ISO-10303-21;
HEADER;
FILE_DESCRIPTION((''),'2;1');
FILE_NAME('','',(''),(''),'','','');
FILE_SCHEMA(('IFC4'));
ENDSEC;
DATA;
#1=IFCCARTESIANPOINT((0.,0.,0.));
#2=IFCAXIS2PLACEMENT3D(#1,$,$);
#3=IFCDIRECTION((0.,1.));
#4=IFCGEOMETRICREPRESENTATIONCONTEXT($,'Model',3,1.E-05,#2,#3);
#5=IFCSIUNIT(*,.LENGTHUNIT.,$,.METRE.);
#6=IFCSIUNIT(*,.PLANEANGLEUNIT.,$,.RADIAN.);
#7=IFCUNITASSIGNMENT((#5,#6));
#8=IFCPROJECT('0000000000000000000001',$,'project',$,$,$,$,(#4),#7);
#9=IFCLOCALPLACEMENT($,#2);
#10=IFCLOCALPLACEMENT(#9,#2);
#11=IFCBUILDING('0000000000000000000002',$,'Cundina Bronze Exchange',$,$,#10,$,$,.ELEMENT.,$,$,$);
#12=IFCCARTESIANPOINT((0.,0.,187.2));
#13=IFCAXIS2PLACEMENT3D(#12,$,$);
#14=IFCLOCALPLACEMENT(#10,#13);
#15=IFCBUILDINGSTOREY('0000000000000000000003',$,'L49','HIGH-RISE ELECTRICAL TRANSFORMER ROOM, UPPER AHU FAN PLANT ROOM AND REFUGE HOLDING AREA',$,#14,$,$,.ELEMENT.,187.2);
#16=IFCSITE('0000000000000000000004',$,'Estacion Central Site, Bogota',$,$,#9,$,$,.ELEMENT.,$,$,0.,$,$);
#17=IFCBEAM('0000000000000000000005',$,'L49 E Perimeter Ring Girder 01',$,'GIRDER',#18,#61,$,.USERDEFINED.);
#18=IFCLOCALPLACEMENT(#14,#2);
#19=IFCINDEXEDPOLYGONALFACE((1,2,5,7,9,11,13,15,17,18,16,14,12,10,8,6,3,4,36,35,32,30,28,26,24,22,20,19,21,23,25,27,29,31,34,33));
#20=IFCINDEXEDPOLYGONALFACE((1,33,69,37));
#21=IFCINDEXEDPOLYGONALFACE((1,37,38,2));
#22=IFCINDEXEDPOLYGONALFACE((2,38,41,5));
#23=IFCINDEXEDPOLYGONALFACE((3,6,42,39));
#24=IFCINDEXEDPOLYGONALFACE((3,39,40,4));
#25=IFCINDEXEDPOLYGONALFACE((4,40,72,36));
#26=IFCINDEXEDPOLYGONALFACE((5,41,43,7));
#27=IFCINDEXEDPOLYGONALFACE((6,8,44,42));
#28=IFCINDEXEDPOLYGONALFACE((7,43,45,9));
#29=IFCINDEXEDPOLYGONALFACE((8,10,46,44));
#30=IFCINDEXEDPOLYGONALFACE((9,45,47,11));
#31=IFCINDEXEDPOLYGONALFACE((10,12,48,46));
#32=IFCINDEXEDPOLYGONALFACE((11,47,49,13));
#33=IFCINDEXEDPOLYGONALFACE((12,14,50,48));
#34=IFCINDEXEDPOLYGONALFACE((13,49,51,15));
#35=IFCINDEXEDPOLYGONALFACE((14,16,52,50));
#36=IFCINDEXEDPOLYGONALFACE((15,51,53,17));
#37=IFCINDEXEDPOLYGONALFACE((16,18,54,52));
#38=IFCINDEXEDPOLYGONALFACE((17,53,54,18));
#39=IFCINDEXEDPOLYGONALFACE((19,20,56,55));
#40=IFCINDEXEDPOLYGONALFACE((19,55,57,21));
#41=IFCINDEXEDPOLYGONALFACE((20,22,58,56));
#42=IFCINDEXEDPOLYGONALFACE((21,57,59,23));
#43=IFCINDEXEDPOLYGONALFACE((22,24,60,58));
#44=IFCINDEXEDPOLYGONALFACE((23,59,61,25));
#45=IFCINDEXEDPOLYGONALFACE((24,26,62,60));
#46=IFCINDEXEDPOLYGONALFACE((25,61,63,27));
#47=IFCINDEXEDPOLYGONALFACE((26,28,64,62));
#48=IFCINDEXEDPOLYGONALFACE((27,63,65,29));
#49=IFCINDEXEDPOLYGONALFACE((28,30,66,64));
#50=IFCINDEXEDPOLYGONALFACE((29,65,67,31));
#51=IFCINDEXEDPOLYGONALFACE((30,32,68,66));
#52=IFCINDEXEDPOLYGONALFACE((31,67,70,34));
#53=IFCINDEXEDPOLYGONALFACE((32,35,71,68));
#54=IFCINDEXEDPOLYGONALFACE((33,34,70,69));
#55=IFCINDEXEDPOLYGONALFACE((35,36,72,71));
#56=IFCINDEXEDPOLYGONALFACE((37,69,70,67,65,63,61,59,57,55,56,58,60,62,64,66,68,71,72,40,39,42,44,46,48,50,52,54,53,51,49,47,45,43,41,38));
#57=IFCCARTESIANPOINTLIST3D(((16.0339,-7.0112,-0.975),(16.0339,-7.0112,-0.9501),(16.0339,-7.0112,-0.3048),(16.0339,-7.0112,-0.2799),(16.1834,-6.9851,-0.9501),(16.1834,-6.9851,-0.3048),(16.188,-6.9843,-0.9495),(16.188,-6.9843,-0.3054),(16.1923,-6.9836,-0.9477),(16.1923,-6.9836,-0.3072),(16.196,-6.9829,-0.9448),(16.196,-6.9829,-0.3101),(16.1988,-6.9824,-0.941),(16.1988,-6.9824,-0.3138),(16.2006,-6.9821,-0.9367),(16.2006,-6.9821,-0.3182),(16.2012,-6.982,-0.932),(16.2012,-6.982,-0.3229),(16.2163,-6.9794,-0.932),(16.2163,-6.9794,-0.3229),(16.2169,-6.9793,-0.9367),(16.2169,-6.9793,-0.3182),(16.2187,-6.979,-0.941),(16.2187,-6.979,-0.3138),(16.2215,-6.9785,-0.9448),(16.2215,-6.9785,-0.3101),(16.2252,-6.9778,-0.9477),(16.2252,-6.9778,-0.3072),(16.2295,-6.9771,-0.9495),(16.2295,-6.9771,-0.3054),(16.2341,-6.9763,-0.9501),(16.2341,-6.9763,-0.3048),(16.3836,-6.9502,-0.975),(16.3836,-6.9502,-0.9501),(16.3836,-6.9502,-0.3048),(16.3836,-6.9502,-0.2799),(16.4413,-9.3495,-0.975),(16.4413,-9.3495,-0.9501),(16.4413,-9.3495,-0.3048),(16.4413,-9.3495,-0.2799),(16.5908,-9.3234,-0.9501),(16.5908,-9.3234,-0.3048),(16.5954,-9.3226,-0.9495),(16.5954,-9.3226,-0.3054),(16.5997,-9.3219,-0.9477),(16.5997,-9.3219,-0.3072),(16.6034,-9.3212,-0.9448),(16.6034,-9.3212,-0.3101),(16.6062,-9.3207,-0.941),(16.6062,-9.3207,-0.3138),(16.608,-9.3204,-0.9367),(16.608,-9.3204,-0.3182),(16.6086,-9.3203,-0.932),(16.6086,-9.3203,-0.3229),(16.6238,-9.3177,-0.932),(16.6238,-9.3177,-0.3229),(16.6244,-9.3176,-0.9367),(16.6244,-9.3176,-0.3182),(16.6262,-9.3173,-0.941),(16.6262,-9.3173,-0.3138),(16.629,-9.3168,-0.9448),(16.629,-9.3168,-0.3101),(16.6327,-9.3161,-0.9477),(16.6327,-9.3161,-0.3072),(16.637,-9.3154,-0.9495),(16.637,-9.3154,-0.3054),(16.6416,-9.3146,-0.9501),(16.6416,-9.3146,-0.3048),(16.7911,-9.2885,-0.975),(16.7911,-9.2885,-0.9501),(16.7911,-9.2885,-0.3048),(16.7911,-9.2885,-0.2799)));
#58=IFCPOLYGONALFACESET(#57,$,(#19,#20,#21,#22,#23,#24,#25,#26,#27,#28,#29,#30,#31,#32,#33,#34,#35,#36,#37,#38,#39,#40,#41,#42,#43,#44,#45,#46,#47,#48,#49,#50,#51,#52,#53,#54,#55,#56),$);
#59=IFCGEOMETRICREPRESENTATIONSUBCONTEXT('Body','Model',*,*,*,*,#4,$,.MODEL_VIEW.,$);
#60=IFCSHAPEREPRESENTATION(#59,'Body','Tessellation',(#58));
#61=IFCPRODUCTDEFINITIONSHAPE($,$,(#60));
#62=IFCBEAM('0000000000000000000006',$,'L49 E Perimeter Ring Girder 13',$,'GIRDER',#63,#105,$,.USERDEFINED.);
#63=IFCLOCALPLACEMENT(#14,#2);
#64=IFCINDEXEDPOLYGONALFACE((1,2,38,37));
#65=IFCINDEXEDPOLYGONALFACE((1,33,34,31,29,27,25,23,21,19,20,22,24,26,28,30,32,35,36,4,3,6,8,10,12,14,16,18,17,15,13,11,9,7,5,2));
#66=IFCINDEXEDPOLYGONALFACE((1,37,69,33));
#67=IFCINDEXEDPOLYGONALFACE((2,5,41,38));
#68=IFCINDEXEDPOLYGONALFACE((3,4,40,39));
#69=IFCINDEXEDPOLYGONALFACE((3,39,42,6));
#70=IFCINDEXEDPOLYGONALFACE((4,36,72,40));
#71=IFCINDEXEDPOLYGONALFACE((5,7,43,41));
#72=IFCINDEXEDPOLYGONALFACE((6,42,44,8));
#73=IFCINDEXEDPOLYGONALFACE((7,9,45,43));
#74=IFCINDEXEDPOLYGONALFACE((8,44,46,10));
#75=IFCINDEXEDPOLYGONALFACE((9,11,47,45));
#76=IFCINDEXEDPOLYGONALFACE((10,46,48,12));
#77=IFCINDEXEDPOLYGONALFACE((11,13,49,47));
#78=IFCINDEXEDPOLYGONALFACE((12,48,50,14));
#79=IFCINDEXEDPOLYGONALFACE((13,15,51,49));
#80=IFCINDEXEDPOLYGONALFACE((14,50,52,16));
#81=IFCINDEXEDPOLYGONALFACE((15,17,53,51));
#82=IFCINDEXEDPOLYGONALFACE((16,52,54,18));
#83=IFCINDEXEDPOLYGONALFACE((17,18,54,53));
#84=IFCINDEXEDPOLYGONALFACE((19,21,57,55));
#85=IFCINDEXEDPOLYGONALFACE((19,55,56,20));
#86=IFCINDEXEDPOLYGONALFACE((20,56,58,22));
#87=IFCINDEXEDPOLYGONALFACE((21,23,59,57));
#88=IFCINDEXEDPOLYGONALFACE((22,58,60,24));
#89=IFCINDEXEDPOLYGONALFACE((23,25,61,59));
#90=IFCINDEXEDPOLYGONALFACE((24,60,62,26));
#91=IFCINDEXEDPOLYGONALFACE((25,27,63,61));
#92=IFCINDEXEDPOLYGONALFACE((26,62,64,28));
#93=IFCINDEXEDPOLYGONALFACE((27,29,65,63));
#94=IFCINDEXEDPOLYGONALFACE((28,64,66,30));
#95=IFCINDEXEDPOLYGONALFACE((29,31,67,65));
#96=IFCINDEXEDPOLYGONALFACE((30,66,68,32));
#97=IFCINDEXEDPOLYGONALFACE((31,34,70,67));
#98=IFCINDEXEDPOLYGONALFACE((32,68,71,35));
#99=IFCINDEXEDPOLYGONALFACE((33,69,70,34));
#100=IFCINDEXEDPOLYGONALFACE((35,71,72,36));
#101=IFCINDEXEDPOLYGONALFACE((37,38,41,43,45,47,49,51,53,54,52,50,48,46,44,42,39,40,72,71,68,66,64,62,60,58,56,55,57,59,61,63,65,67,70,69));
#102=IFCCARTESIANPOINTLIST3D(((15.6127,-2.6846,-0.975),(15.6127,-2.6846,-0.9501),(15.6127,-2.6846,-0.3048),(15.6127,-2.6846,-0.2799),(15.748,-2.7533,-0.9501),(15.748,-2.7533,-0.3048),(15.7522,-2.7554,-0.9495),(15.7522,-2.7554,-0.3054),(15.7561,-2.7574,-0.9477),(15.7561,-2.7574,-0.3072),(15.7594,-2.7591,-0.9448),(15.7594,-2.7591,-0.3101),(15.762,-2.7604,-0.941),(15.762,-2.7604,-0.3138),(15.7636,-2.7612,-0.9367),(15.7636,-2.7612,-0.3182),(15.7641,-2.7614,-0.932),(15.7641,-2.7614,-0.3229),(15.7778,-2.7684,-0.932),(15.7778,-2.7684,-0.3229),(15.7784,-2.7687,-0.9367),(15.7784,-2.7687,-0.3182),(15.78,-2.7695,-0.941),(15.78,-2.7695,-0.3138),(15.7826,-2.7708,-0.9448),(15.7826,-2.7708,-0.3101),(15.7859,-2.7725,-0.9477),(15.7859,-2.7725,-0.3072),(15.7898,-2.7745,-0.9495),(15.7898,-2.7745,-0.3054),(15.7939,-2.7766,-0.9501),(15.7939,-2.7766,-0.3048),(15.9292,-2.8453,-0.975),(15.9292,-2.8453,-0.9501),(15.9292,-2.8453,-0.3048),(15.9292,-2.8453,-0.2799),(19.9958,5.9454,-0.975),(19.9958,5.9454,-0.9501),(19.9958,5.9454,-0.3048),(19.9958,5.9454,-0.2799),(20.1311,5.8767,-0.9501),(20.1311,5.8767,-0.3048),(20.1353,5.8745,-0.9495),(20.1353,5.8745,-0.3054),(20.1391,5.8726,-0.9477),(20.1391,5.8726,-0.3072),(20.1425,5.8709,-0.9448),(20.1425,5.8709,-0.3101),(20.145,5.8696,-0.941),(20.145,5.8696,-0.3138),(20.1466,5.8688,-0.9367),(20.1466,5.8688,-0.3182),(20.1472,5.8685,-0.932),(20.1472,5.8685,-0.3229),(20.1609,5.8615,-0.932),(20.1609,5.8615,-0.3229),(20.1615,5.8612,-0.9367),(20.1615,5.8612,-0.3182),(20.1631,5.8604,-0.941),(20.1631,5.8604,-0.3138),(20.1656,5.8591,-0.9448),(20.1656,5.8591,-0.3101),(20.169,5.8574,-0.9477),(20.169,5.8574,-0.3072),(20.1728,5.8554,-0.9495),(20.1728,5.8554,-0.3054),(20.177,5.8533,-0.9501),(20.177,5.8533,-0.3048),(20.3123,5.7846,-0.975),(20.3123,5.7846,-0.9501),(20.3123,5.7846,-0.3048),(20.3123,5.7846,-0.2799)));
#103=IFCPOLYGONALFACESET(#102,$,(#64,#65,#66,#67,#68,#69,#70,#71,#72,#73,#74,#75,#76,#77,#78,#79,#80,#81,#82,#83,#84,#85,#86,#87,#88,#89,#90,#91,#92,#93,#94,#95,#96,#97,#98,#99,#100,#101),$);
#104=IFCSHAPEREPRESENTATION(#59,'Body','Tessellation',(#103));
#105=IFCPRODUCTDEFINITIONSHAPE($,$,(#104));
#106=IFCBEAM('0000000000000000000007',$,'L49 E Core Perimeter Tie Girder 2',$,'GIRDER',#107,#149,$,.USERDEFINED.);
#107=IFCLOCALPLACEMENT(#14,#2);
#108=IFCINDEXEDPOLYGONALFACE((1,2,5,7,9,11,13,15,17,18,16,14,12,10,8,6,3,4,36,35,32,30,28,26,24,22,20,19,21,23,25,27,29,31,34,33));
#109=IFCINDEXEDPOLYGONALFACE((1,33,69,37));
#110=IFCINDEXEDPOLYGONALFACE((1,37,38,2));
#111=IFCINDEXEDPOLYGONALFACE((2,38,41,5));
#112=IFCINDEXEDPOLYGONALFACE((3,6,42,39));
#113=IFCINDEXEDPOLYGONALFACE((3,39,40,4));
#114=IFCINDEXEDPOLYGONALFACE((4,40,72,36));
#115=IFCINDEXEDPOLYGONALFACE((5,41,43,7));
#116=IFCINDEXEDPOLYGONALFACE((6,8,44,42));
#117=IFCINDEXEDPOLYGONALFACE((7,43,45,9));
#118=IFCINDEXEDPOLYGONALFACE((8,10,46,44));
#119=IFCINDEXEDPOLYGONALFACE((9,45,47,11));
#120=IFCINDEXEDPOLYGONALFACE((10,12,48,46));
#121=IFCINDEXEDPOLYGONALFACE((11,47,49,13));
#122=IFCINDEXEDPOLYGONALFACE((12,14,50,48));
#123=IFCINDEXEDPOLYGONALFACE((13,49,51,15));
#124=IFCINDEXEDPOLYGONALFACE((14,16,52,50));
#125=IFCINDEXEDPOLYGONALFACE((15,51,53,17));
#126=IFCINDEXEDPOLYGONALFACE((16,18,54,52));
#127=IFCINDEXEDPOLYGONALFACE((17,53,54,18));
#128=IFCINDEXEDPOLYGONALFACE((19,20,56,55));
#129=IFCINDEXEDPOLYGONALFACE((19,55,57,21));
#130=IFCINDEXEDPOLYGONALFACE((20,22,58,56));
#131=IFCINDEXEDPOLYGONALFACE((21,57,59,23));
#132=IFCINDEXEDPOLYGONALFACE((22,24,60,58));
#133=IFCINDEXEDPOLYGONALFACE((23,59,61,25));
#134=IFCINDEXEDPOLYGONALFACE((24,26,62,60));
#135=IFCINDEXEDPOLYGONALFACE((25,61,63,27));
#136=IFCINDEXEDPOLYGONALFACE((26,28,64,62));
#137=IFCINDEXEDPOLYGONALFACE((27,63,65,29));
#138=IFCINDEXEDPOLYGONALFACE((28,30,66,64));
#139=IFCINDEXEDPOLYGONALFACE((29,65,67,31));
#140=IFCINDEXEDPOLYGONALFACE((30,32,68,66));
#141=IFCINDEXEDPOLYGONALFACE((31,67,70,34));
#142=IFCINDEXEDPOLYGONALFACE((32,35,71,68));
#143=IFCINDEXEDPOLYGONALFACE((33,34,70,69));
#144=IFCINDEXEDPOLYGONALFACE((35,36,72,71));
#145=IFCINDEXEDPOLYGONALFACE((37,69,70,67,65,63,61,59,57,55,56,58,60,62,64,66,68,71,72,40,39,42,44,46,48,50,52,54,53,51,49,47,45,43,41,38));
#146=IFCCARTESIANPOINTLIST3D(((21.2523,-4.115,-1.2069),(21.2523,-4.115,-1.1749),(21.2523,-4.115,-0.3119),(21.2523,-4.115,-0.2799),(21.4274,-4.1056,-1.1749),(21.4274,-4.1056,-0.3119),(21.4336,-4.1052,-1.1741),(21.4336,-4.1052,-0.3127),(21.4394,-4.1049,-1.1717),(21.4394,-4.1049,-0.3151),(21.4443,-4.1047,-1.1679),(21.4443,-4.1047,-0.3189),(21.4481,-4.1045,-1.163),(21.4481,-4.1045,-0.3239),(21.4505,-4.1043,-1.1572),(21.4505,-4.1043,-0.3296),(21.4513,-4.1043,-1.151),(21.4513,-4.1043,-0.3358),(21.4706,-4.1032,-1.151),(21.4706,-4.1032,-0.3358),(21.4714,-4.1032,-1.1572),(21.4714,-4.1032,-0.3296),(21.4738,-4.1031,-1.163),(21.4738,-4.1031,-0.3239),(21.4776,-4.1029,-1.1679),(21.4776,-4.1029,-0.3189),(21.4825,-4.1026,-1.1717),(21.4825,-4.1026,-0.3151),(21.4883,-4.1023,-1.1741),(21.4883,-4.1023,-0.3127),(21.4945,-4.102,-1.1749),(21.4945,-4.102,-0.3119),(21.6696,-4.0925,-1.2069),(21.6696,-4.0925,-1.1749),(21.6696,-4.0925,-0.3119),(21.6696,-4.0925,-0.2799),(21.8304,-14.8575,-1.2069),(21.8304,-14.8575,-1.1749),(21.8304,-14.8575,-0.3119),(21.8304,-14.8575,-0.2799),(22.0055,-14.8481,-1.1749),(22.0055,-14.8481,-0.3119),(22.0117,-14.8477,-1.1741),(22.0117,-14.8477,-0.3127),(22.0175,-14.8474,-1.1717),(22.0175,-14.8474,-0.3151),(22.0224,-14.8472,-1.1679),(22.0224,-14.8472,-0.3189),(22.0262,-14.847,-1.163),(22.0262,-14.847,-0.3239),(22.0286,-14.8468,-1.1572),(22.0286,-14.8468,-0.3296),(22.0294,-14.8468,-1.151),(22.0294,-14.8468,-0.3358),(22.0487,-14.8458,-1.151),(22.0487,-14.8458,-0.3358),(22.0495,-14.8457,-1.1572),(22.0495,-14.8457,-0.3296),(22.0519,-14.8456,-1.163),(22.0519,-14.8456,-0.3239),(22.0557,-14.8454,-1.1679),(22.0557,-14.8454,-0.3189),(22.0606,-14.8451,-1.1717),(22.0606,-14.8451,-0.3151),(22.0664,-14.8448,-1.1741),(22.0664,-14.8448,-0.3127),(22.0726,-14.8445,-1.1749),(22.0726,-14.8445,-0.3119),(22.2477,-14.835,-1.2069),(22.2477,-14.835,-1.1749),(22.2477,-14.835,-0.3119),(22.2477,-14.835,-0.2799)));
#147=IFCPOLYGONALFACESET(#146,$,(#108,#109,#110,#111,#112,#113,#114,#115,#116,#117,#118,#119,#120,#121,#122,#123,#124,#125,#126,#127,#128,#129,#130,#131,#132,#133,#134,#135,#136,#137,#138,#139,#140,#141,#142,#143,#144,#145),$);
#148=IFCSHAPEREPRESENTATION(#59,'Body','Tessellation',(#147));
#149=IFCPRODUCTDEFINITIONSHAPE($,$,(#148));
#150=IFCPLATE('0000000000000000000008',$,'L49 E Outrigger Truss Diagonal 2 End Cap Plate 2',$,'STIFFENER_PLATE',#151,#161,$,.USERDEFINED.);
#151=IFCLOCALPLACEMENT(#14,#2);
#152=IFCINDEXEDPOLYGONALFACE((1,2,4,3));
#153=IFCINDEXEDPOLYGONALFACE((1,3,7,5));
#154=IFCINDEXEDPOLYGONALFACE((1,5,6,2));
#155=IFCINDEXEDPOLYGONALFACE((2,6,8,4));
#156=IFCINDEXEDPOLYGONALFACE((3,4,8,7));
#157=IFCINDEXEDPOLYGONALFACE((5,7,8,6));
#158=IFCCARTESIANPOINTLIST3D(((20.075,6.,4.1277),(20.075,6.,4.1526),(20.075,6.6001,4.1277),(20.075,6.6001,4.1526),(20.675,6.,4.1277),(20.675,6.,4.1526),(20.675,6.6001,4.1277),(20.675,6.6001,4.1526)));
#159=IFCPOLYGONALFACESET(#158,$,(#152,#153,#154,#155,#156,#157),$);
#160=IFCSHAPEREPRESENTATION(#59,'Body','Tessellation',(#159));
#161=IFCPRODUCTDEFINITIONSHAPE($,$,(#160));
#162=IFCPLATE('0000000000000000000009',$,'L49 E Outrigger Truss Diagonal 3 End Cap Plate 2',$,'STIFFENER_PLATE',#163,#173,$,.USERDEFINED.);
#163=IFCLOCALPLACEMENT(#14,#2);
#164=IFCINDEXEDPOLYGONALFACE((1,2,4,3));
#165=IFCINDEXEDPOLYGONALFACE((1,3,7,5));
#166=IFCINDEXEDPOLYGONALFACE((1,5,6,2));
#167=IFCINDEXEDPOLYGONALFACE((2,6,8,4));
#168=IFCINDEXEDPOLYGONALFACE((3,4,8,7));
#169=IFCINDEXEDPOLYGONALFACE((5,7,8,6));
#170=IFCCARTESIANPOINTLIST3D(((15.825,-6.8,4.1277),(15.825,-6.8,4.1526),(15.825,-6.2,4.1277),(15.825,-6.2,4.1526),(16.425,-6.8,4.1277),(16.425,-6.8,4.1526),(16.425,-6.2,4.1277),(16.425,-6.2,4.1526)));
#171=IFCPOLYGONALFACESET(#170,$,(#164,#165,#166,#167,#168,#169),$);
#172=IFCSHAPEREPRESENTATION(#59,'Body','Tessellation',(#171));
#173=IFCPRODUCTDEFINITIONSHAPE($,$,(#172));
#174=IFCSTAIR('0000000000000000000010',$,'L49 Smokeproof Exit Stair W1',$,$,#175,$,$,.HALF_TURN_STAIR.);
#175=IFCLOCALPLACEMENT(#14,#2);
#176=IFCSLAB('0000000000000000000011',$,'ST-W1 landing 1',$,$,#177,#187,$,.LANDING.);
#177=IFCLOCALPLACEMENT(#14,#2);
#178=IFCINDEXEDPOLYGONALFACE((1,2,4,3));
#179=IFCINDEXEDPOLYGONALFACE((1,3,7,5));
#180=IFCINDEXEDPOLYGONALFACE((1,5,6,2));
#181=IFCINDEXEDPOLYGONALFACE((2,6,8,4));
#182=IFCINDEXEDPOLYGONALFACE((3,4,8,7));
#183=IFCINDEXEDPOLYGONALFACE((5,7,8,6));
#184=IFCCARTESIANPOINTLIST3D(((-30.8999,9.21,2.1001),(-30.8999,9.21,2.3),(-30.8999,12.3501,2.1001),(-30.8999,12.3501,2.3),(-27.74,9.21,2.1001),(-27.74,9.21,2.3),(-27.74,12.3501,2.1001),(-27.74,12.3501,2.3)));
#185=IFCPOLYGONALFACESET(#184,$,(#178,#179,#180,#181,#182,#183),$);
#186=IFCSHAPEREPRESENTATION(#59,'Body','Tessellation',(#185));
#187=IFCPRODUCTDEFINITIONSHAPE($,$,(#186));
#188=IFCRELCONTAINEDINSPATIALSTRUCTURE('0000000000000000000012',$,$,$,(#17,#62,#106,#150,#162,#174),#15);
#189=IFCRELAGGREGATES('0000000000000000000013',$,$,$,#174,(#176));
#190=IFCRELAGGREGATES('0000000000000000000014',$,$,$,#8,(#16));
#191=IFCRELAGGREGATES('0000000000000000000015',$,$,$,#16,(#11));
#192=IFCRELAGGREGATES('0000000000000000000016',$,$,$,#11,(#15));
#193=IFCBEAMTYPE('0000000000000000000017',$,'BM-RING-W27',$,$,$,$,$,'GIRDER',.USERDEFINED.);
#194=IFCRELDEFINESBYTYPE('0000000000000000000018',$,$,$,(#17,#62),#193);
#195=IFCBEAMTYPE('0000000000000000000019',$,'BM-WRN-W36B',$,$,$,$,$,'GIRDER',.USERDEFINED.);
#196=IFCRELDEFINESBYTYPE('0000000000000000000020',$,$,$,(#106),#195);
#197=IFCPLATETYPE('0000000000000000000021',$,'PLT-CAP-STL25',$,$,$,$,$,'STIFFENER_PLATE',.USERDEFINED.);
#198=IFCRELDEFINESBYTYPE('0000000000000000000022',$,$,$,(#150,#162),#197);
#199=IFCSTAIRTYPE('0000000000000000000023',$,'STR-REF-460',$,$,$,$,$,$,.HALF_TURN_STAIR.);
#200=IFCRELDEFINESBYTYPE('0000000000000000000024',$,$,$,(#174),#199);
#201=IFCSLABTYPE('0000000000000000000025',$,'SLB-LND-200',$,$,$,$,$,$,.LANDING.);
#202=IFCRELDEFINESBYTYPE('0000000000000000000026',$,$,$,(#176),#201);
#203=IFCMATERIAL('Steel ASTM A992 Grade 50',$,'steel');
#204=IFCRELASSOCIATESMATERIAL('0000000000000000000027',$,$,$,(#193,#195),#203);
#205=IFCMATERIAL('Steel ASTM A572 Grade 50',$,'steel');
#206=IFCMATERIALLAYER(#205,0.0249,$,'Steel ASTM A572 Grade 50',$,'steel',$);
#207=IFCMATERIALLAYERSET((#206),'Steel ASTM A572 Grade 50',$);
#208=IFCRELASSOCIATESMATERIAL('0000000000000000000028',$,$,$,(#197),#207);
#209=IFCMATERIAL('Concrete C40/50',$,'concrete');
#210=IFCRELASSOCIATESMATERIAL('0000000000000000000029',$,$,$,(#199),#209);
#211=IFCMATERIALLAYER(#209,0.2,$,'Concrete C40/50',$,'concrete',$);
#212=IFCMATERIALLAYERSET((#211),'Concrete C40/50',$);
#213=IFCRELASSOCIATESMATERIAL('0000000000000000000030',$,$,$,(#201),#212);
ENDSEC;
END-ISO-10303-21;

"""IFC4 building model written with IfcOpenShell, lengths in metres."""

from ifc_helpers import new_model, si_unit, direction, frame, origin, origin_2d, place, context, subcontext, project, spatial, polyline, rectangle, i_section, outline, extrude, material, layer, layer_set, material_profile, profile_set, type_object, element, aggregate, save


model = new_model("IFC4")

# Units and contexts
model_context = context("Model", 3, precision=1e-05, world=origin(), true_north=direction((0.0, 1.0)))
body_context = subcontext(model_context, "Body", "Model", "MODEL_VIEW")
ifc_project = project(units=[si_unit("LENGTHUNIT", "METRE"), si_unit("PLANEANGLEUNIT", "RADIAN")], contexts=[model_context])

# Site, building, storey
site_placement = place(None, origin())
site = spatial("IfcSite", under=ifc_project, at=site_placement, Name="Estacion Central Site, Bogota", CompositionType="ELEMENT", RefElevation=0.0)
building_placement = place(site_placement, origin())
building = spatial("IfcBuilding", under=site, at=building_placement, Name="Cundina Bronze Exchange", CompositionType="ELEMENT")
storey_placement = place(building_placement, frame((0.0, 0.0, 187.2)))
storey = spatial("IfcBuildingStorey", under=building, at=storey_placement, Name="L49", Description="HIGH-RISE ELECTRICAL TRANSFORMER ROOM, UPPER AHU FAN PLANT ROOM AND REFUGE HOLDING AREA", CompositionType="ELEMENT", Elevation=187.2)

# Shared definitions
ifc_material_1 = material(Name="Steel ASTM A992 Grade 50", Category="steel")

# Beams
ifc_material_profile_1 = material_profile(ifc_material_1, i_section(OverallWidth=0.355, OverallDepth=0.6951, WebThickness=0.0154, FlangeThickness=0.0249, FilletRadius=0.0181, at=origin_2d()), Name="W27X146", Category="steel")
ifc_profile_set_1 = profile_set([ifc_material_profile_1], Name="Steel ASTM A992 Grade 50")
beam_type_1 = type_object("IfcBeamType", Name="BM-RING-W27", ElementType="GIRDER", PredefinedType="USERDEFINED", material=ifc_profile_set_1)
for number, where, z_axis, x_axis, name in (
    (1, (16.2087, -6.9807, -0.6274), (0.171667, -0.985155, 0.0), (0.985155, 0.171667, 0.0), "L49 E Perimeter Ring Girder 01"),
):
    element("IfcBeam", number, at=place(storey_placement, frame(where, z_axis=z_axis, x_axis=x_axis)), inside=storey, type_object=beam_type_1, Name=name, ObjectType="GIRDER", PredefinedType="USERDEFINED", context=body_context, shape_type="SweptSolid", body=[
        extrude(i_section(OverallWidth=0.355, OverallDepth=0.6951, WebThickness=0.0154, FlangeThickness=0.0249, FilletRadius=0.0181, at=origin_2d()), origin(), (0.0, 0.0, 1.0), 2.3735),
    ])
beam_1_placement = place(storey_placement, frame((20.1541, 5.865, -0.6274), z_axis=(-0.452835, -0.891595, 0.0), x_axis=(0.891595, -0.452835, 0.0)))
element("IfcBeam", 2, at=beam_1_placement, inside=storey, type_object=beam_type_1, Name="L49 E Perimeter Ring Girder 13", ObjectType="GIRDER", PredefinedType="USERDEFINED", context=body_context, shape_type="SweptSolid", body=[
    extrude(i_section(OverallWidth=0.355, OverallDepth=0.6951, WebThickness=0.0154, FlangeThickness=0.0249, FilletRadius=0.0181, at=origin_2d()), origin(), (0.0, 0.0, 1.0), 9.6792),
])
ifc_material_profile_2 = material_profile(ifc_material_1, i_section(OverallWidth=0.418, OverallDepth=0.927, WebThickness=0.0193, FlangeThickness=0.032, FilletRadius=0.0239, at=origin_2d()), Name="W36X231", Category="steel")
ifc_profile_set_2 = profile_set([ifc_material_profile_2], Name="Steel ASTM A992 Grade 50")
beam_type_2 = type_object("IfcBeamType", Name="BM-WRN-W36B", ElementType="GIRDER", PredefinedType="USERDEFINED", material=ifc_profile_set_2)
beam_2_placement = place(storey_placement, frame((21.4609, -4.1038, -0.7434), z_axis=(0.053739, -0.998555, 0.0), x_axis=(0.998555, 0.053739, 0.0)))
element("IfcBeam", 3, at=beam_2_placement, inside=storey, type_object=beam_type_2, Name="L49 E Core Perimeter Tie Girder 2", ObjectType="GIRDER", PredefinedType="USERDEFINED", context=body_context, shape_type="SweptSolid", body=[
    extrude(i_section(OverallWidth=0.418, OverallDepth=0.927, WebThickness=0.0193, FlangeThickness=0.032, FilletRadius=0.0239, at=origin_2d()), origin(), (0.0, 0.0, 1.0), 10.7581),
])

# Plates
ifc_material_2 = material(Name="Steel ASTM A572 Grade 50", Category="steel")
ifc_layer_1 = layer(ifc_material_2, 0.0249, Name="Steel ASTM A572 Grade 50", Category="steel")
ifc_layer_set_1 = layer_set([ifc_layer_1], Name="Steel ASTM A572 Grade 50")
plate_type = type_object("IfcPlateType", Name="PLT-CAP-STL25", ElementType="STIFFENER_PLATE", PredefinedType="USERDEFINED", material=ifc_layer_set_1)
for number, where, z_axis, x_axis, name in (
    (4, (20.375, 6.3, 4.1277), (0.0, 0.0, 1.0), (1.0, 0.0, 0.0), "L49 E Outrigger Truss Diagonal 2 End Cap Plate 2"),
    (5, (16.125, -6.5, 4.1277), (0.0, 0.0, 1.0), (1.0, 0.0, 0.0), "L49 E Outrigger Truss Diagonal 3 End Cap Plate 2"),
):
    element("IfcPlate", number, at=place(storey_placement, frame(where, z_axis=z_axis, x_axis=x_axis)), inside=storey, type_object=plate_type, Name=name, ObjectType="STIFFENER_PLATE", PredefinedType="USERDEFINED", context=body_context, shape_type="SweptSolid", body=[
        extrude(rectangle(XDim=0.6001, YDim=0.6001, at=origin_2d()), origin(), (0.0, 0.0, 1.0), 0.0249),
    ])

# Stair, slab
ifc_material_3 = material(Name="Concrete C40/50", Category="concrete")
stair_type = type_object("IfcStairType", Name="STR-REF-460", PredefinedType="HALF_TURN_STAIR", material=ifc_material_3)
stair_1_placement = place(storey_placement, origin())
stair_1 = element("IfcStair", 6, at=stair_1_placement, inside=storey, type_object=stair_type, Name="L49 Smokeproof Exit Stair W1", PredefinedType="HALF_TURN_STAIR")
ifc_layer_2 = layer(ifc_material_3, 0.2, Name="Concrete C40/50", Category="concrete")
ifc_layer_set_2 = layer_set([ifc_layer_2], Name="Concrete C40/50")
slab_type = type_object("IfcSlabType", Name="SLB-LND-200", PredefinedType="LANDING", material=ifc_layer_set_2)
slab_1_placement = place(storey_placement, frame((0.0, 0.0, 2.1001)))
slab_1 = element("IfcSlab", 7, at=slab_1_placement, type_object=slab_type, Name="ST-W1 landing 1", PredefinedType="LANDING", context=body_context, shape_type="SweptSolid", body=[
    extrude(outline(polyline([(-27.74, 9.21), (-27.74, 12.3501), (-30.8999, 12.3501), (-30.8999, 9.21), (-27.74, 9.21)])), origin(), (0.0, 0.0, 1.0), 0.2),
])
aggregate(stair_1, [slab_1])

save(model, "model.ifc")
